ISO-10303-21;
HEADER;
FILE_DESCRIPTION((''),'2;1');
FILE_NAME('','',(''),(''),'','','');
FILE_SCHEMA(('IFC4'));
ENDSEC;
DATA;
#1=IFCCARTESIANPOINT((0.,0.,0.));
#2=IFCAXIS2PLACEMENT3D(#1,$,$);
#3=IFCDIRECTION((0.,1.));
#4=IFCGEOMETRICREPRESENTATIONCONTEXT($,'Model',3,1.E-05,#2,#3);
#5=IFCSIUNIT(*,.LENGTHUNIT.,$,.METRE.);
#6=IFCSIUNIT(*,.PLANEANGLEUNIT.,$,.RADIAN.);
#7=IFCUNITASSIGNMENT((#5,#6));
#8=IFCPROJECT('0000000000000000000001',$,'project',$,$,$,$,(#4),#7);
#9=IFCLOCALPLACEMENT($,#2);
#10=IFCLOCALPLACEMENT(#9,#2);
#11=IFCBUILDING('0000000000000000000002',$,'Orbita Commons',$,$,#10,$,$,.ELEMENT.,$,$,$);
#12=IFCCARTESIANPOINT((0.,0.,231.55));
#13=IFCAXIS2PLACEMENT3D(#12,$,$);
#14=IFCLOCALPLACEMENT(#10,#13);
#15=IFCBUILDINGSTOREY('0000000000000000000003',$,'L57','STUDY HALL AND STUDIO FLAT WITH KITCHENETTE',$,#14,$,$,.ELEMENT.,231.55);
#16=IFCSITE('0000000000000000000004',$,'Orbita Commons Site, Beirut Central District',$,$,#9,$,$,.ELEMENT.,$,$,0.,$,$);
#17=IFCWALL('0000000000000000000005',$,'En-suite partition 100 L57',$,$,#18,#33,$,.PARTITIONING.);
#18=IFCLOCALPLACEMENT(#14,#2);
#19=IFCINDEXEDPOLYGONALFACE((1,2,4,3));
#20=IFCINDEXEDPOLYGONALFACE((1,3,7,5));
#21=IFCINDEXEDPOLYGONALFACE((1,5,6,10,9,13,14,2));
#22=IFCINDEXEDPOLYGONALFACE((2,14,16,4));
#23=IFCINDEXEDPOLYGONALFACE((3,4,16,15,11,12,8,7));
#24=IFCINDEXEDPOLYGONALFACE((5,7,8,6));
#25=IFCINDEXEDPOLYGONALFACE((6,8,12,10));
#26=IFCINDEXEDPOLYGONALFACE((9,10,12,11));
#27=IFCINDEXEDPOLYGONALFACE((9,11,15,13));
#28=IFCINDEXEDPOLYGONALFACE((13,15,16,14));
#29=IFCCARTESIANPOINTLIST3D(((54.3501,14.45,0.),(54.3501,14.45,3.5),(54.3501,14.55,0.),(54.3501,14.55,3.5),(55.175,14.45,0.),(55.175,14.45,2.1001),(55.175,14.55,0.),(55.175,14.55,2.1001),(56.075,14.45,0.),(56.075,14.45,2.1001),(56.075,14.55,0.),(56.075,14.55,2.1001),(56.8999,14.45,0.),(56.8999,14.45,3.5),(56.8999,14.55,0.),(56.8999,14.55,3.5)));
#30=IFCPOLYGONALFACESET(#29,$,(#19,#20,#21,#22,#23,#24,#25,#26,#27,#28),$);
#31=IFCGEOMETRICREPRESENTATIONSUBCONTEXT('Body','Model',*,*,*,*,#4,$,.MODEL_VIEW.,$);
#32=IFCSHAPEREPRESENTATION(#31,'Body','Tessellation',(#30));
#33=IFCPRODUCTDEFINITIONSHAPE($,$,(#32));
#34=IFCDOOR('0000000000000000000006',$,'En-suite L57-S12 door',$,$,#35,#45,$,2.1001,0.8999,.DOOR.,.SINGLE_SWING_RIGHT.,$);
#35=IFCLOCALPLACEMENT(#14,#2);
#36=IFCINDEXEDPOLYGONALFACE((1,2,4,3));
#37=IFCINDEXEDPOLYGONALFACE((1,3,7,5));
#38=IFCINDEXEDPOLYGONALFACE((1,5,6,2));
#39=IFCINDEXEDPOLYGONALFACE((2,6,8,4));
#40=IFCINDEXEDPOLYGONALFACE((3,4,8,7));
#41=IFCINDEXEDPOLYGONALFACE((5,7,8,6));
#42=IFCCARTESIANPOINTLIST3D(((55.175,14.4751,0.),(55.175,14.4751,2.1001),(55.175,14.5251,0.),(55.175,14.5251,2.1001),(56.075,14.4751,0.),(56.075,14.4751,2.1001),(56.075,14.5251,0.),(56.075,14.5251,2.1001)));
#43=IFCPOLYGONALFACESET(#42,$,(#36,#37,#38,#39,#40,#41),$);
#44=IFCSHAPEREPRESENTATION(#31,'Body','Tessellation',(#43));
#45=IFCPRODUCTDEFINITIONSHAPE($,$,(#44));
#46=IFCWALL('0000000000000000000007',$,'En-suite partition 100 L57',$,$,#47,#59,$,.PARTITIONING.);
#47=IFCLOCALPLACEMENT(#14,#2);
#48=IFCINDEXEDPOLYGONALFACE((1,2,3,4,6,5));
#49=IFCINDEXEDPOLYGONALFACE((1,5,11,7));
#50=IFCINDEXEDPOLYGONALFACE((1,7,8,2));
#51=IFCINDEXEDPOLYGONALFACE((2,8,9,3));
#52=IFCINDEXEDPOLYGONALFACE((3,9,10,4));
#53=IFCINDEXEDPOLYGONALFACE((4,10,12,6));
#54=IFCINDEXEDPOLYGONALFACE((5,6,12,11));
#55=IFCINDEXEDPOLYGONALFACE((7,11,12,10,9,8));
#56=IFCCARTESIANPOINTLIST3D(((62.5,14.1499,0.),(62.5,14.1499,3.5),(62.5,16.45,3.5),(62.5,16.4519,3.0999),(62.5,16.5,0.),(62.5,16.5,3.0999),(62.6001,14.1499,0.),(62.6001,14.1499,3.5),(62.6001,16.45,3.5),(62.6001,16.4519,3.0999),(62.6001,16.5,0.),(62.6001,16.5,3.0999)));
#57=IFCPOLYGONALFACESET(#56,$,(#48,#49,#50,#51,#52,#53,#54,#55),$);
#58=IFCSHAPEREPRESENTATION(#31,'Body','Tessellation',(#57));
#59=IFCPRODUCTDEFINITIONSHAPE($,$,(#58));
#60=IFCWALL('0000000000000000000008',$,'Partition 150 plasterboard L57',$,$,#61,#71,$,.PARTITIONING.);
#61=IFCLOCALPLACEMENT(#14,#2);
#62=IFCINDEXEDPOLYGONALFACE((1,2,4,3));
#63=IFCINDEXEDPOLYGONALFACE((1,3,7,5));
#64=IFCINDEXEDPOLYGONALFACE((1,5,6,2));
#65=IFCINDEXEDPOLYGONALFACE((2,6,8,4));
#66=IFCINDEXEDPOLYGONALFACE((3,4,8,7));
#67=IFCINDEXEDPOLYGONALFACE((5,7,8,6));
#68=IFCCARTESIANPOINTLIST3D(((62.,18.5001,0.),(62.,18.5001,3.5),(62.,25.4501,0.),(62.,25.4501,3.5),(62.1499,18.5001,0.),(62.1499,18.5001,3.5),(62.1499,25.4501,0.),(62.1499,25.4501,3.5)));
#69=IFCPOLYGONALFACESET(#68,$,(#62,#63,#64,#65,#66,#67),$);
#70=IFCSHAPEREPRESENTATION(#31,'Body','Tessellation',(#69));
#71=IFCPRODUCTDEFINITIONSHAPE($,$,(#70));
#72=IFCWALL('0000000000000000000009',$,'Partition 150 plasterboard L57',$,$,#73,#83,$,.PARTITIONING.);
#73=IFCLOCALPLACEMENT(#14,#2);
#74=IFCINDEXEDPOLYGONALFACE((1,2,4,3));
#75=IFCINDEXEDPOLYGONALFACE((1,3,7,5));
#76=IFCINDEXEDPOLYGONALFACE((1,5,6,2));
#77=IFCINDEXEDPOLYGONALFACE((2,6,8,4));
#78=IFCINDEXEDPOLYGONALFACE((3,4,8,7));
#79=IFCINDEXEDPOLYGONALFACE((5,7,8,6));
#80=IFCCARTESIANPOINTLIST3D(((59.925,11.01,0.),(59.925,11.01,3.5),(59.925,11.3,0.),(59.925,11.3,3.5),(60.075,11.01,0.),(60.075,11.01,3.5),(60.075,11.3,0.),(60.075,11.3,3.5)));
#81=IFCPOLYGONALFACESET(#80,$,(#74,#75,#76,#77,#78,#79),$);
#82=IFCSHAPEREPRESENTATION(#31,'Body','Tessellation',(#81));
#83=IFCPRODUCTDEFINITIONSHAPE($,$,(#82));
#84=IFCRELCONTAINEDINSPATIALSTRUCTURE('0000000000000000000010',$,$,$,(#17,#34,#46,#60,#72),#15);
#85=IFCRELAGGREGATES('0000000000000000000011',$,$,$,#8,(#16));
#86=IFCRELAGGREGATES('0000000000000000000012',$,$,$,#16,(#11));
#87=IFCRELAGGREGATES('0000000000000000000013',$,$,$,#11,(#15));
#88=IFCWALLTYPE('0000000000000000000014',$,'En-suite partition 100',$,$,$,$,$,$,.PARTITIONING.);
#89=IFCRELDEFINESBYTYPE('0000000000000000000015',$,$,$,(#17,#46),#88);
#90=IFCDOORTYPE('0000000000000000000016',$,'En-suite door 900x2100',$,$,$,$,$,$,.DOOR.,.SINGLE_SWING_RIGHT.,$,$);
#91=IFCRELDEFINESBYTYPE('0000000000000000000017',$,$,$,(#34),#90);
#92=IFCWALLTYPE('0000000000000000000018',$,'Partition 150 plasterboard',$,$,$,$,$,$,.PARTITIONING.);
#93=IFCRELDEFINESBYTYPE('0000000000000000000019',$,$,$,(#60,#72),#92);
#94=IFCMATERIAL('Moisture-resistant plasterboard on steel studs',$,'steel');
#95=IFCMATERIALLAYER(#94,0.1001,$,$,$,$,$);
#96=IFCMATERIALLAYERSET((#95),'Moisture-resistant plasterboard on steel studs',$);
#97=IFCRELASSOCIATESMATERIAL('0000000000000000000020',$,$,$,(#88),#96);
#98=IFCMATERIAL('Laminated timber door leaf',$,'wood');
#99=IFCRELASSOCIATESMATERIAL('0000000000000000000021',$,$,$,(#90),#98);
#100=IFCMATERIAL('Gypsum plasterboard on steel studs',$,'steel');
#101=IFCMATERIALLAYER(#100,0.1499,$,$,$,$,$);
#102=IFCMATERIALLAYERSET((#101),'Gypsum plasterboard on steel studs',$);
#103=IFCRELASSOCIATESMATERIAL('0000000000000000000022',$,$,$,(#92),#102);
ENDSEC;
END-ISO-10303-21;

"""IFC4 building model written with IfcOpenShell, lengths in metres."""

from ifc_helpers import new_model, si_unit, direction, frame, frame_2d, origin, place, context, subcontext, project, spatial, polyline, rectangle, outline, extrude, material, layer, layer_set, type_object, element, fill, save


model = new_model("IFC4")

# Units and contexts
model_context = context("Model", 3, precision=1e-05, world=origin(), true_north=direction((0.0, 1.0)))
body_context = subcontext(model_context, "Body", "Model", "MODEL_VIEW")
ifc_project = project(units=[si_unit("LENGTHUNIT", "METRE"), si_unit("PLANEANGLEUNIT", "RADIAN")], contexts=[model_context])

# Site, building, storey
site_placement = place(None, origin())
site = spatial("IfcSite", under=ifc_project, at=site_placement, Name="Orbita Commons Site, Beirut Central District", CompositionType="ELEMENT", RefElevation=0.0)
building_placement = place(site_placement, origin())
building = spatial("IfcBuilding", under=site, at=building_placement, Name="Orbita Commons", CompositionType="ELEMENT")
storey_placement = place(building_placement, frame((0.0, 0.0, 231.55)))
storey = spatial("IfcBuildingStorey", under=building, at=storey_placement, Name="L57", Description="STUDY HALL AND STUDIO FLAT WITH KITCHENETTE", CompositionType="ELEMENT", Elevation=231.55)

# Wall, opening, door
ifc_material_1 = material(Name="Moisture-resistant plasterboard on steel studs", Category="steel")
ifc_layer_1 = layer(ifc_material_1, 0.1001)
ifc_layer_set_1 = layer_set([ifc_layer_1], Name="Moisture-resistant plasterboard on steel studs")
wall_type_1 = type_object("IfcWallType", Name="En-suite partition 100", PredefinedType="PARTITIONING", material=ifc_layer_set_1)
wall_1_placement = place(storey_placement, frame((56.8999, 14.5, 0.0), z_axis=(0.0, 0.0, 1.0), x_axis=(-1.0, 0.0, 0.0)))
wall_1 = element("IfcWall", 1, at=wall_1_placement, inside=storey, type_object=wall_type_1, Name="En-suite partition 100 L57", PredefinedType="PARTITIONING", context=body_context, shape_type="SweptSolid", body=[
    extrude(rectangle(XDim=2.5498, YDim=0.1001, at=frame_2d((1.2749, 0.0))), origin(), (0.0, 0.0, 1.0), 3.5),
])
opening_1_placement = place(wall_1_placement, frame((0.825, 0.0, 0.0)))
opening_1 = element("IfcOpeningElement", 2, at=opening_1_placement, cuts=wall_1, PredefinedType="OPENING", context=body_context, shape_type="SweptSolid", body=[
    extrude(rectangle(XDim=0.8999, YDim=2.1001, at=frame_2d((0.45, 1.05))), frame((0.0, 0.0601, 0.0), z_axis=(0.0, -1.0, 0.0), x_axis=(1.0, 0.0, 0.0)), (0.0, 0.0, 1.0), 0.1201),
])
ifc_material_2 = material(Name="Laminated timber door leaf", Category="wood")
door_type_1 = type_object("IfcDoorType", Name="En-suite door 900x2100", OperationType="SINGLE_SWING_RIGHT", PredefinedType="DOOR", material=ifc_material_2)
door_1_placement = place(opening_1_placement, origin())
door_1 = element("IfcDoor", 3, at=door_1_placement, inside=storey, type_object=door_type_1, Name="En-suite L57-S12 door", OperationType="SINGLE_SWING_RIGHT", OverallHeight=2.1001, OverallWidth=0.8999, PredefinedType="DOOR", context=body_context, shape_type="SweptSolid", body=[
    extrude(rectangle(XDim=0.8999, YDim=2.1001, at=frame_2d((0.45, 1.05))), frame((0.0, 0.0249, 0.0), z_axis=(0.0, -1.0, 0.0), x_axis=(1.0, 0.0, 0.0)), (0.0, 0.0, 1.0), 0.05),
])
fill(opening_1, door_1)

# Walls
wall_2_placement = place(storey_placement, frame((62.55, 14.1499, 0.0), z_axis=(0.0, 0.0, 1.0), x_axis=(0.0, 1.0, 0.0)))
element("IfcWall", 4, at=wall_2_placement, inside=storey, type_object=wall_type_1, Name="En-suite partition 100 L57", PredefinedType="PARTITIONING", context=body_context, shape_type="SweptSolid", body=[
    extrude(outline(polyline([(0.0, 0.0), (2.3501, 0.0), (2.3501, 3.0999), (2.302, 3.0999), (2.3, 3.5), (0.0, 3.5), (0.0, 0.0)])), frame((0.0, 0.05, 0.0), z_axis=(0.0, -1.0, 0.0), x_axis=(1.0, 0.0, 0.0)), (0.0, 0.0, 1.0), 0.1001),
])
ifc_material_3 = material(Name="Gypsum plasterboard on steel studs", Category="steel")
ifc_layer_2 = layer(ifc_material_3, 0.1499)
ifc_layer_set_2 = layer_set([ifc_layer_2], Name="Gypsum plasterboard on steel studs")
wall_type_2 = type_object("IfcWallType", Name="Partition 150 plasterboard", PredefinedType="PARTITIONING", material=ifc_layer_set_2)
wall_3_placement = place(storey_placement, frame((62.075, 18.5, 0.0), z_axis=(0.0, 0.0, 1.0), x_axis=(0.0, 1.0, 0.0)))
element("IfcWall", 5, at=wall_3_placement, inside=storey, type_object=wall_type_2, Name="Partition 150 plasterboard L57", PredefinedType="PARTITIONING", context=body_context, shape_type="SweptSolid", body=[
    extrude(rectangle(XDim=6.95, YDim=0.1499, at=frame_2d((3.4751, 0.0))), origin(), (0.0, 0.0, 1.0), 3.5),
])
wall_4_placement = place(storey_placement, frame((60.0, 11.3, 0.0), z_axis=(0.0, 0.0, 1.0), x_axis=(0.0, -1.0, 0.0)))
element("IfcWall", 6, at=wall_4_placement, inside=storey, type_object=wall_type_2, Name="Partition 150 plasterboard L57", PredefinedType="PARTITIONING", context=body_context, shape_type="SweptSolid", body=[
    extrude(rectangle(XDim=0.29, YDim=0.1499, at=frame_2d((0.145, 0.0))), origin(), (0.0, 0.0, 1.0), 3.5),
])

save(model, "model.ifc")
